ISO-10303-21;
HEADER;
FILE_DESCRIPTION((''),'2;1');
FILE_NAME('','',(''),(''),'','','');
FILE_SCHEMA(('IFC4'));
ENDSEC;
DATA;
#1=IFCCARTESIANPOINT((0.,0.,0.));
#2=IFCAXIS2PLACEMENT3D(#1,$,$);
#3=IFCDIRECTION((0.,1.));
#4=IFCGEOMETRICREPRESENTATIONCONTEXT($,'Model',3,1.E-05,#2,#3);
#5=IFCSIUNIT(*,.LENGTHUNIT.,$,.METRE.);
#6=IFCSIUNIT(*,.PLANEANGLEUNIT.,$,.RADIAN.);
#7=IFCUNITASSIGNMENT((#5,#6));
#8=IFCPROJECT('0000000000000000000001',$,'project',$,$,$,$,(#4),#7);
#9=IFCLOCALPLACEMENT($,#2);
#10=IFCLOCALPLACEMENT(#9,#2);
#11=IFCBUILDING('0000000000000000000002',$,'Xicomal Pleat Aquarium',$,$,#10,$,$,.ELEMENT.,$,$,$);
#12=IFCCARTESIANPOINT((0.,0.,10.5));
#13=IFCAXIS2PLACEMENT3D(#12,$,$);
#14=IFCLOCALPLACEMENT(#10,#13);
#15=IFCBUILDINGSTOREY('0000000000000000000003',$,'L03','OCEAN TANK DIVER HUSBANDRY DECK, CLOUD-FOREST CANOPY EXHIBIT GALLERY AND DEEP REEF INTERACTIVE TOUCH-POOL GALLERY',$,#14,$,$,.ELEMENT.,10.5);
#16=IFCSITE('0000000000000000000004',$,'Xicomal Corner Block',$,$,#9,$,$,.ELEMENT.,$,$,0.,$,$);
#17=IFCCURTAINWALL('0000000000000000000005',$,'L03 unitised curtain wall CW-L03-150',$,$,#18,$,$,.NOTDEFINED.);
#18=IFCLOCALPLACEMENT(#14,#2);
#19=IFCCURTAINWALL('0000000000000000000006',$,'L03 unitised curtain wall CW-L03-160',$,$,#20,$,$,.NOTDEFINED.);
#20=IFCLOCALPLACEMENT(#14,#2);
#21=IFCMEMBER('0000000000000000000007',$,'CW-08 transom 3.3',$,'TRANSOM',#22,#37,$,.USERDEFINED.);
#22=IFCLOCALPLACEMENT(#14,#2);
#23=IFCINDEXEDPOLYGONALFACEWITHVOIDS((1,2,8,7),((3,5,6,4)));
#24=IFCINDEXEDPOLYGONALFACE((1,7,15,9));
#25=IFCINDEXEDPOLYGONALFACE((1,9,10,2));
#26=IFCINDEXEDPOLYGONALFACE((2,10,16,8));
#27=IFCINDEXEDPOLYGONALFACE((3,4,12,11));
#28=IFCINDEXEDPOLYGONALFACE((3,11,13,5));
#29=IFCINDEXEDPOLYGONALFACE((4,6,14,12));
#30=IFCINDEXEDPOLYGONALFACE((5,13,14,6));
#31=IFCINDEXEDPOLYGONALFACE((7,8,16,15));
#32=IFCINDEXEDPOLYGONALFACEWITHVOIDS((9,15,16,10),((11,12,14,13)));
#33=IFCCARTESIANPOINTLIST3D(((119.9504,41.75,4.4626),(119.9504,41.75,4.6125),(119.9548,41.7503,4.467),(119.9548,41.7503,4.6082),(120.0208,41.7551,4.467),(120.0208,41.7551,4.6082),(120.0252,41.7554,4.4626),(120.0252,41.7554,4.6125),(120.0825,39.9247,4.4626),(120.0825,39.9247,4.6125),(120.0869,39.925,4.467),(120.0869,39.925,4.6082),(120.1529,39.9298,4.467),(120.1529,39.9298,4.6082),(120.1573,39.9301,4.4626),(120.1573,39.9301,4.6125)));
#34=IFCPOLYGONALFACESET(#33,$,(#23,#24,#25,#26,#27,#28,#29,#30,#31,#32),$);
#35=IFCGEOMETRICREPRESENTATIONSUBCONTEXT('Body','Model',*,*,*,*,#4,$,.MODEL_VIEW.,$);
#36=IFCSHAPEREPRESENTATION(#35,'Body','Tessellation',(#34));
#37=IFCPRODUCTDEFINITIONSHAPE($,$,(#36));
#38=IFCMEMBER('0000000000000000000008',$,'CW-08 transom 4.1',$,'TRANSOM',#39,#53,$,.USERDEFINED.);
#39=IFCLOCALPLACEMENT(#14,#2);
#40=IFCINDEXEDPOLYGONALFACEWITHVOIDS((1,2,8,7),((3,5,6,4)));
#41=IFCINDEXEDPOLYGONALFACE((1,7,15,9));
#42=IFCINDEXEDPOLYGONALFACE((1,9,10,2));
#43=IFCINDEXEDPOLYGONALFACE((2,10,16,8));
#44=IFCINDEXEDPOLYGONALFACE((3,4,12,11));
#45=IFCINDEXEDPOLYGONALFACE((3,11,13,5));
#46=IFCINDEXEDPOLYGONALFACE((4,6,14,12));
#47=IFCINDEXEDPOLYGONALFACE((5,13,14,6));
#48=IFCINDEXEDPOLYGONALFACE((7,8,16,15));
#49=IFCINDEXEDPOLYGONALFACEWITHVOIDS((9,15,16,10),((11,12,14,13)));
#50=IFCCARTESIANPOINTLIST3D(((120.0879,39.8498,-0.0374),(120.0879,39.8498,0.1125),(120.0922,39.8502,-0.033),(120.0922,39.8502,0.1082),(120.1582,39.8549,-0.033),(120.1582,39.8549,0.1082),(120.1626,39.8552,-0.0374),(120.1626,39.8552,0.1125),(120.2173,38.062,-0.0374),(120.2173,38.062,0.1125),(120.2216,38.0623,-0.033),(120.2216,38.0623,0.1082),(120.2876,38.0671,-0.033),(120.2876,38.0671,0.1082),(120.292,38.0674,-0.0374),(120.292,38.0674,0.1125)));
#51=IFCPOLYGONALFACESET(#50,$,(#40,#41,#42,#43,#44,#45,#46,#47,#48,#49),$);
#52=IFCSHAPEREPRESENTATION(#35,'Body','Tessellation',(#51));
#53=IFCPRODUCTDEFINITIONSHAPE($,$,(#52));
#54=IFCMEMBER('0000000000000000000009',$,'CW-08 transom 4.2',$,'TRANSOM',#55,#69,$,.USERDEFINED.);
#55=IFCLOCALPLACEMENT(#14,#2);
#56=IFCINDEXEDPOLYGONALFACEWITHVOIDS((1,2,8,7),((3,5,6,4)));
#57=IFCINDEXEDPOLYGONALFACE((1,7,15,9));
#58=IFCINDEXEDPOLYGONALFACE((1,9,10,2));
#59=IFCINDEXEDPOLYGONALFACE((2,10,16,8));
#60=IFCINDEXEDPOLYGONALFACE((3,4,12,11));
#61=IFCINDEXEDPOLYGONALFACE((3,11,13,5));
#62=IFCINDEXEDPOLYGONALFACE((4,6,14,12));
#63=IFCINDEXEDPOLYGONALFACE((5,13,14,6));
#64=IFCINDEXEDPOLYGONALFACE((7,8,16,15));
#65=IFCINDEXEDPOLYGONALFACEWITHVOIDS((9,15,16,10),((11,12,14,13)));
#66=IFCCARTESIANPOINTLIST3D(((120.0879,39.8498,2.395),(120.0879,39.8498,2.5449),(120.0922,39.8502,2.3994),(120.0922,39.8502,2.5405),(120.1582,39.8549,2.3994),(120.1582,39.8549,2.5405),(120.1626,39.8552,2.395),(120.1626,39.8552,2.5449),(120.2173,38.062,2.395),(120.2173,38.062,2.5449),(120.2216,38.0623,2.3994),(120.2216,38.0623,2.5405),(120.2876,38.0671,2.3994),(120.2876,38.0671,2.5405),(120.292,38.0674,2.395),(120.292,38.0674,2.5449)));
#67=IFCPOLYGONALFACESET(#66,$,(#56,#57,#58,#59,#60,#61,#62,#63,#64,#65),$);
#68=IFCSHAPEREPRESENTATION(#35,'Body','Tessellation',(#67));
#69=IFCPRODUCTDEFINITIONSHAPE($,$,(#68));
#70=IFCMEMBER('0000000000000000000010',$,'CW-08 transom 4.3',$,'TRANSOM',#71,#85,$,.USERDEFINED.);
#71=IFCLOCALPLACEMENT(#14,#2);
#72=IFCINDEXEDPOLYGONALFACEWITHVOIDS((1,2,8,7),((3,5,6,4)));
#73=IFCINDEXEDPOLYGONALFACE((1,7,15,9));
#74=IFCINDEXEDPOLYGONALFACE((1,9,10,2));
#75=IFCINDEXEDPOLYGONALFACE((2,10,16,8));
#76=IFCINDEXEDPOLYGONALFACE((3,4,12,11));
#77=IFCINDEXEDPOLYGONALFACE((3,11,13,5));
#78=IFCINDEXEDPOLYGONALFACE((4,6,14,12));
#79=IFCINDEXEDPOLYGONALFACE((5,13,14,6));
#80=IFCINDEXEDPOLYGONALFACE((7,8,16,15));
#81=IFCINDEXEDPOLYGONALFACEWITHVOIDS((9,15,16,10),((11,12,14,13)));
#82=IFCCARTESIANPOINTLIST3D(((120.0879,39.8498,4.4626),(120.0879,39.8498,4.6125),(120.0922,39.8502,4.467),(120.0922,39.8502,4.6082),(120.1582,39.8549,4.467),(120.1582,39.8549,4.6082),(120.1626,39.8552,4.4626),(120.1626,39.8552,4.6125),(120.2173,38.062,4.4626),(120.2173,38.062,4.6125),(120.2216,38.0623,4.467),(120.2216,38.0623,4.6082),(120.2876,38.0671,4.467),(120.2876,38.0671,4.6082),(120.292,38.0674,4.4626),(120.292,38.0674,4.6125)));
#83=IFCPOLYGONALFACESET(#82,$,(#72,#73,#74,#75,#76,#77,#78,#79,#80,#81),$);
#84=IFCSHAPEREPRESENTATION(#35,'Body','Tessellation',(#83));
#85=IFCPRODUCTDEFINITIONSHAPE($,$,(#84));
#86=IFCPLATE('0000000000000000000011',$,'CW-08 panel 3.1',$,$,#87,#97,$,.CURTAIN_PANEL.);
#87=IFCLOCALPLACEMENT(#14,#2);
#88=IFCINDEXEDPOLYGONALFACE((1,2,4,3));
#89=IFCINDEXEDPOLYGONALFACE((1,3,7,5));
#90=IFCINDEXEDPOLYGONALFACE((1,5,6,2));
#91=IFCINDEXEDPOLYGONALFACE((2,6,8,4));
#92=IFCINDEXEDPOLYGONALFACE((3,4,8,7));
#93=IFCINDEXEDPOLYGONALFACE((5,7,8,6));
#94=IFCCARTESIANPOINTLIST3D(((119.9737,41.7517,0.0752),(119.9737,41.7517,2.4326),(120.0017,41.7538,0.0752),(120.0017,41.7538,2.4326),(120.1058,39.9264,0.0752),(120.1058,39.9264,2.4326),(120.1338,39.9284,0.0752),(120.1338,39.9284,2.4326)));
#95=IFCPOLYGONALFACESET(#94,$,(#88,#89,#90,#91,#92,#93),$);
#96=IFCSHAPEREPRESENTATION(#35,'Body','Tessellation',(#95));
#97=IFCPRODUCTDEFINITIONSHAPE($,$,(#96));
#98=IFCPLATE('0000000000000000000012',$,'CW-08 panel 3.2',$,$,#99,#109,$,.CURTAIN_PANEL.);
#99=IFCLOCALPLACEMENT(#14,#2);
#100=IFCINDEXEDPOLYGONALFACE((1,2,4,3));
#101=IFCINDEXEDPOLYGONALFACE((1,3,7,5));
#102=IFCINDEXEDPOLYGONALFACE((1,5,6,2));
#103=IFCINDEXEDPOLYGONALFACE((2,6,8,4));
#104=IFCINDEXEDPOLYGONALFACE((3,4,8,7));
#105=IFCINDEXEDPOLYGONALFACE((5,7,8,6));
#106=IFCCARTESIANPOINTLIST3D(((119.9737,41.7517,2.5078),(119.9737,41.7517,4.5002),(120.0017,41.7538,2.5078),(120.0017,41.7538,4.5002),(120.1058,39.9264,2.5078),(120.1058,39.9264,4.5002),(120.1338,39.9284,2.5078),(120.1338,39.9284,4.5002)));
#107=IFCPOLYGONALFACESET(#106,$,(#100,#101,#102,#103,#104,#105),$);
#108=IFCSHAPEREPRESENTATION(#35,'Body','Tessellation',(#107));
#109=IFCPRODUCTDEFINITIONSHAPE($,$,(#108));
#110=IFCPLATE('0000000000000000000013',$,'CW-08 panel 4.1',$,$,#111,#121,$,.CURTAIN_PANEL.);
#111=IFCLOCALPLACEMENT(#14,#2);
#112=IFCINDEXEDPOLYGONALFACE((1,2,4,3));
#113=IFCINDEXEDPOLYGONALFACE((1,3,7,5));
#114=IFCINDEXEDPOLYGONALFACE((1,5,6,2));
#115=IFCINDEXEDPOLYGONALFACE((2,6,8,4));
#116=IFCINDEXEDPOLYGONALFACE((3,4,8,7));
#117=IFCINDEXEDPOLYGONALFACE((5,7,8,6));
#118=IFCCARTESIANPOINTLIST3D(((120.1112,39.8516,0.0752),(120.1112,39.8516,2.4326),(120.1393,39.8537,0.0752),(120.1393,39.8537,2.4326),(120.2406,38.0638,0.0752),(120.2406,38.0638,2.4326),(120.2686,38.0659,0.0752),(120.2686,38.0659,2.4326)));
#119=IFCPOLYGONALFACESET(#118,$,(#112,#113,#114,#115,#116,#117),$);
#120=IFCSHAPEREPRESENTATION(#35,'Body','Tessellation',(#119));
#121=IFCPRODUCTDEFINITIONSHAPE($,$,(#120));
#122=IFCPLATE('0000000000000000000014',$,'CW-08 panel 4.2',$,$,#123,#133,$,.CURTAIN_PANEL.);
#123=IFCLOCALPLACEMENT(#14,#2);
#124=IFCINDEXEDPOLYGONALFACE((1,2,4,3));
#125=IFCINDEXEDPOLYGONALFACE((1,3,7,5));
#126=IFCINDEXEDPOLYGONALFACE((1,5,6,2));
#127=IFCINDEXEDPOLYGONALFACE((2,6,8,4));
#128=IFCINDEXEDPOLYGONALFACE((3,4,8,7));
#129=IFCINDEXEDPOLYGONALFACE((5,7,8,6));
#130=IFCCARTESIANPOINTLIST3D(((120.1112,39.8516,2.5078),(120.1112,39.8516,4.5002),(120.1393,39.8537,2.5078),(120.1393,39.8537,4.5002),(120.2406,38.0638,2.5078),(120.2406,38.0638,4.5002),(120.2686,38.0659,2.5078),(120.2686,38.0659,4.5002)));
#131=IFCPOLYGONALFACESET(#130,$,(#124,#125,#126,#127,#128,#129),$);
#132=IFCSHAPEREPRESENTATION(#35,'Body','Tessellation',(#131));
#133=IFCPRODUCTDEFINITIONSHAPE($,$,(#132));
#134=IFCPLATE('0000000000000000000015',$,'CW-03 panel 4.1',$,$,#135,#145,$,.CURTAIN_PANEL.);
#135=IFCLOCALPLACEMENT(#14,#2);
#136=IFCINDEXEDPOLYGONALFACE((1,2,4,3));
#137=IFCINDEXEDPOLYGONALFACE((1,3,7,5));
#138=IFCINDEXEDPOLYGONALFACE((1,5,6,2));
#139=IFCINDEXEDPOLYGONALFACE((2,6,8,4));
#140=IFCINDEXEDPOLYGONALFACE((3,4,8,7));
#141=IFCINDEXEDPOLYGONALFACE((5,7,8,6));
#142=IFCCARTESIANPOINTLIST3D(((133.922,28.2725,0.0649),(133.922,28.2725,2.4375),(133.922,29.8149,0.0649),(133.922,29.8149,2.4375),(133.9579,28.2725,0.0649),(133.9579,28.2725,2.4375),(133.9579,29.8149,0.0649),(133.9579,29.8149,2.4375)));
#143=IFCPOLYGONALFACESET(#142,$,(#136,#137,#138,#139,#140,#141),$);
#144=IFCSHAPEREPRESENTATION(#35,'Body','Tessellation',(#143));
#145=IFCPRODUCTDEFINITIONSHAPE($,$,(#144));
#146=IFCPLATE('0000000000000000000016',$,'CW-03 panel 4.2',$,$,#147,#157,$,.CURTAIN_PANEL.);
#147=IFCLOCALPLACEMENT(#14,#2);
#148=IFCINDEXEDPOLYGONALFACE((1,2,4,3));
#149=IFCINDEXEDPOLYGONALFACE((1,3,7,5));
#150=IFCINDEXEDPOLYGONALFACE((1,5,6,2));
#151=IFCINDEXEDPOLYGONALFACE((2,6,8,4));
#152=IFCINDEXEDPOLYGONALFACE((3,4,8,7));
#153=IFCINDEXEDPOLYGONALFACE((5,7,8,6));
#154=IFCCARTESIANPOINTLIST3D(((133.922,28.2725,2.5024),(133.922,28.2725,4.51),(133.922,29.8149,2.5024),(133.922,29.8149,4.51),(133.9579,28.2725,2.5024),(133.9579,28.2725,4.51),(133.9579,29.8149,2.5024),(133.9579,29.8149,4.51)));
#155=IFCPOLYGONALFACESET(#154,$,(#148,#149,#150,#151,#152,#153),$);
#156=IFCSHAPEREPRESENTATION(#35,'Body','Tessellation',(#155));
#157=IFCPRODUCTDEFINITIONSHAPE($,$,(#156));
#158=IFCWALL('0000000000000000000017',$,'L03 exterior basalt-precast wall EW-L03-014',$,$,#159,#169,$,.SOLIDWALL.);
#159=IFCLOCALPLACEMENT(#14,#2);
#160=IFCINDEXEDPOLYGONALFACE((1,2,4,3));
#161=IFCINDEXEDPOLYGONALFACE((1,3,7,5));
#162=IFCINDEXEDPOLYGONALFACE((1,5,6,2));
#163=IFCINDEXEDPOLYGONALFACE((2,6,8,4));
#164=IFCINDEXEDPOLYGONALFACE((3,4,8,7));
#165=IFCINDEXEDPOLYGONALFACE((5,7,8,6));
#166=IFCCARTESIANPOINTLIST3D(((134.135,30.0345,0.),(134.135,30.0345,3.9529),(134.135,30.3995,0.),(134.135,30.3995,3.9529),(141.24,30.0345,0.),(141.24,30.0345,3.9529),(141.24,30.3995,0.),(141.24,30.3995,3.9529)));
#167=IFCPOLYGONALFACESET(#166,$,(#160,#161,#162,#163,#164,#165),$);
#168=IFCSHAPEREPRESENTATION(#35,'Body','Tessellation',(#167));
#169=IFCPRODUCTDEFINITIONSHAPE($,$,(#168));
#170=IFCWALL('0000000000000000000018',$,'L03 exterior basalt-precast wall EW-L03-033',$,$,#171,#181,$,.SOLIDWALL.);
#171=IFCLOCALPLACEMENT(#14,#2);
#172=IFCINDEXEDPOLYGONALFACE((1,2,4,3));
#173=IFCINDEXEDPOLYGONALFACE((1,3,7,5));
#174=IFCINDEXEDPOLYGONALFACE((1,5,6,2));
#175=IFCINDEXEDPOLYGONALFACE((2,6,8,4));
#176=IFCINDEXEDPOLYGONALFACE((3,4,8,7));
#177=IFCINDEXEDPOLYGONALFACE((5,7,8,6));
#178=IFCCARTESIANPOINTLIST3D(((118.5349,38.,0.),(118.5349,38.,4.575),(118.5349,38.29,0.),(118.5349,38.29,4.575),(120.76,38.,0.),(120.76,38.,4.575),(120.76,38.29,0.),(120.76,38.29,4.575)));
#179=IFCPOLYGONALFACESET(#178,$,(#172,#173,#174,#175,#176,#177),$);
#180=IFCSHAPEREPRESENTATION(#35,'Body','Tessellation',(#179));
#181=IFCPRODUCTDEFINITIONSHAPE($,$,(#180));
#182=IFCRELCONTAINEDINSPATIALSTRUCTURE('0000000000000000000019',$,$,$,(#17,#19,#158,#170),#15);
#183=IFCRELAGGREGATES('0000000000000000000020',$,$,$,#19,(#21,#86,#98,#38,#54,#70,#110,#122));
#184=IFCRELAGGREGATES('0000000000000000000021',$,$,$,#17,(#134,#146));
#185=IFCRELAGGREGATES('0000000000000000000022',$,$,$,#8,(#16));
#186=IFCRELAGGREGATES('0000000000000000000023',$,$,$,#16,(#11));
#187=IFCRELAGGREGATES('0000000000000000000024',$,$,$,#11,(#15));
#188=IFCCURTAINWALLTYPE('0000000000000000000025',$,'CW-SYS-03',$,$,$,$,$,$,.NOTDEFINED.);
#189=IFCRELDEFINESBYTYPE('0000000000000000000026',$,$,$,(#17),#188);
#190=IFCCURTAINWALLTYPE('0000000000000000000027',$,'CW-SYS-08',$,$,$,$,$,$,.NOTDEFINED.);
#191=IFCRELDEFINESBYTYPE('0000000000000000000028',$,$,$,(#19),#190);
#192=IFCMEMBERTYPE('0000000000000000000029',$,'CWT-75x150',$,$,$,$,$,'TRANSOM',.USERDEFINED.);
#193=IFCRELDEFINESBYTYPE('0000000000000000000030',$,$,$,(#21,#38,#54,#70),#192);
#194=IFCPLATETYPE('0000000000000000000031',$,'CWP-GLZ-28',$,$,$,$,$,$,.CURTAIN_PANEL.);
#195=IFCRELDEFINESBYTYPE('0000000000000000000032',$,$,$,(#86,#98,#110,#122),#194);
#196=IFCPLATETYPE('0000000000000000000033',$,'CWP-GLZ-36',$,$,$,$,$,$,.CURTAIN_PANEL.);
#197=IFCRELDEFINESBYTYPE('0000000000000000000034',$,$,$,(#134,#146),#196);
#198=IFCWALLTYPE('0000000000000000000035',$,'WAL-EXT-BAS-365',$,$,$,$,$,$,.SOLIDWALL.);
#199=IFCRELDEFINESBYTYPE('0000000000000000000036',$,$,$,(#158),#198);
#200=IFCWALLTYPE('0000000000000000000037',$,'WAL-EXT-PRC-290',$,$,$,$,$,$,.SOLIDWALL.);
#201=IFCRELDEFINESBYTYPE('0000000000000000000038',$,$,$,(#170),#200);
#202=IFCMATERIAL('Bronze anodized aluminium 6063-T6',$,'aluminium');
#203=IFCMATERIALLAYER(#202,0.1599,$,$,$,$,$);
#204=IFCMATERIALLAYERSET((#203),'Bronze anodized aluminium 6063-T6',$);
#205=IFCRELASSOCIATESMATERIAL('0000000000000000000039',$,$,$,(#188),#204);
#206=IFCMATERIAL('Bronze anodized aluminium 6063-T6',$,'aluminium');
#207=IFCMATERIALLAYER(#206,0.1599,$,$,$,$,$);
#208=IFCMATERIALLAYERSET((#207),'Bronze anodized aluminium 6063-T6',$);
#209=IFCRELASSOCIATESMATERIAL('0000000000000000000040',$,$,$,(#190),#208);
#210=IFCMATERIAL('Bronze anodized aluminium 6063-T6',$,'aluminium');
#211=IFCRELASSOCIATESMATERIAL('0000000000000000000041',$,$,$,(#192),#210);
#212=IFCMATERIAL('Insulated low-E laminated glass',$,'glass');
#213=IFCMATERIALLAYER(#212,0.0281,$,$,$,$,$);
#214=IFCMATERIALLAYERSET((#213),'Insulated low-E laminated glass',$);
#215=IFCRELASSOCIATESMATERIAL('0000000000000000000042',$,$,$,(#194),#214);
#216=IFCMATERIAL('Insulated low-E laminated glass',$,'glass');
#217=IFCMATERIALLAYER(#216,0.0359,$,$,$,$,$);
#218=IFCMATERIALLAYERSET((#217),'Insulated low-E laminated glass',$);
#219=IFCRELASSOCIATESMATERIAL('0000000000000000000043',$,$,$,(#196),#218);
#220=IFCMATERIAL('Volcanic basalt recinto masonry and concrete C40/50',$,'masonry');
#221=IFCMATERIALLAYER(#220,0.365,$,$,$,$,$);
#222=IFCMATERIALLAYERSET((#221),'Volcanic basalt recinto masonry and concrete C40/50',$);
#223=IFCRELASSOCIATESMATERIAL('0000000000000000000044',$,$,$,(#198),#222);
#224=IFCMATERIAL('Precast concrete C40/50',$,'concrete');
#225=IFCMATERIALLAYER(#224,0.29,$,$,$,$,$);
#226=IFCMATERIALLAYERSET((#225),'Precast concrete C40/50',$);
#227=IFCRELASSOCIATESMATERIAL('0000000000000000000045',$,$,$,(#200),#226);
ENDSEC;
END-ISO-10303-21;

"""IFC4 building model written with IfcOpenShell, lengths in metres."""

from ifc_helpers import new_model, si_unit, direction, frame, frame_2d, origin, origin_2d, place, context, subcontext, project, spatial, rectangle, hollow_rectangle, extrude, material, layer, layer_set, material_profile, profile_set, type_object, element, aggregate, save


model = new_model("IFC4")

# Units and contexts
model_context = context("Model", 3, precision=1e-05, world=origin(), true_north=direction((0.0, 1.0)))
body_context = subcontext(model_context, "Body", "Model", "MODEL_VIEW")
ifc_project = project(units=[si_unit("LENGTHUNIT", "METRE"), si_unit("PLANEANGLEUNIT", "RADIAN")], contexts=[model_context])

# Site, building, storey
site_placement = place(None, origin())
site = spatial("IfcSite", under=ifc_project, at=site_placement, Name="Xicomal Corner Block", CompositionType="ELEMENT", RefElevation=0.0)
building_placement = place(site_placement, origin())
building = spatial("IfcBuilding", under=site, at=building_placement, Name="Xicomal Pleat Aquarium", CompositionType="ELEMENT")
storey_placement = place(building_placement, frame((0.0, 0.0, 10.5)))
storey = spatial("IfcBuildingStorey", under=building, at=storey_placement, Name="L03", Description="OCEAN TANK DIVER HUSBANDRY DECK, CLOUD-FOREST CANOPY EXHIBIT GALLERY AND DEEP REEF INTERACTIVE TOUCH-POOL GALLERY", CompositionType="ELEMENT", Elevation=10.5)

# Curtain walls
ifc_material_1 = material(Name="Bronze anodized aluminium 6063-T6", Category="aluminium")
ifc_layer_1 = layer(ifc_material_1, 0.1599)
ifc_layer_set_1 = layer_set([ifc_layer_1], Name="Bronze anodized aluminium 6063-T6")
curtain_wall_type_1 = type_object("IfcCurtainWallType", Name="CW-SYS-03", PredefinedType="NOTDEFINED", material=ifc_layer_set_1)
curtain_wall_1_placement = place(storey_placement, origin())
curtain_wall_1 = element("IfcCurtainWall", 1, at=curtain_wall_1_placement, inside=storey, type_object=curtain_wall_type_1, Name="L03 unitised curtain wall CW-L03-150", PredefinedType="NOTDEFINED")
ifc_material_2 = material(Name="Bronze anodized aluminium 6063-T6", Category="aluminium")
ifc_layer_2 = layer(ifc_material_2, 0.1599)
ifc_layer_set_2 = layer_set([ifc_layer_2], Name="Bronze anodized aluminium 6063-T6")
curtain_wall_type_2 = type_object("IfcCurtainWallType", Name="CW-SYS-08", PredefinedType="NOTDEFINED", material=ifc_layer_set_2)
curtain_wall_2_placement = place(storey_placement, origin())
curtain_wall_2 = element("IfcCurtainWall", 2, at=curtain_wall_2_placement, inside=storey, type_object=curtain_wall_type_2, Name="L03 unitised curtain wall CW-L03-160", PredefinedType="NOTDEFINED")

# Members
ifc_material_3 = material(Name="Bronze anodized aluminium 6063-T6", Category="aluminium")
ifc_material_profile_1 = material_profile(ifc_material_3, hollow_rectangle(XDim=0.075, YDim=0.1499, WallThickness=0.0044, at=origin_2d()), Name="ALU TRAN 75x150")
ifc_profile_set_1 = profile_set([ifc_material_profile_1], Name="Bronze anodized aluminium 6063-T6")
member_type_1 = type_object("IfcMemberType", Name="CWT-75x150", ElementType="TRANSOM", PredefinedType="USERDEFINED", material=ifc_profile_set_1)
member_1_placement = place(storey_placement, frame((119.9878, 41.7527, 4.5376), z_axis=(0.072176, -0.997392, 0.0), x_axis=(0.997392, 0.072176, 0.0)))
member_1 = element("IfcMember", 3, at=member_1_placement, type_object=member_type_1, Name="CW-08 transom 3.3", ObjectType="TRANSOM", PredefinedType="USERDEFINED", context=body_context, shape_type="SweptSolid", body=[
    extrude(hollow_rectangle(XDim=0.075, YDim=0.1499, WallThickness=0.0044, at=origin_2d()), origin(), (0.0, 0.0, 1.0), 1.8301),
])
member_2_placement = place(storey_placement, frame((120.1252, 39.8525, 0.0376), z_axis=(0.072186, -0.997391, 0.0), x_axis=(0.997391, 0.072186, 0.0)))
member_2 = element("IfcMember", 4, at=member_2_placement, type_object=member_type_1, Name="CW-08 transom 4.1", ObjectType="TRANSOM", PredefinedType="USERDEFINED", context=body_context, shape_type="SweptSolid", body=[
    extrude(hollow_rectangle(XDim=0.075, YDim=0.1499, WallThickness=0.0044, at=origin_2d()), origin(), (0.0, 0.0, 1.0), 1.7925),
])
member_3_placement = place(storey_placement, frame((120.1252, 39.8525, 2.47), z_axis=(0.072186, -0.997391, 0.0), x_axis=(0.997391, 0.072186, 0.0)))
member_3 = element("IfcMember", 5, at=member_3_placement, type_object=member_type_1, Name="CW-08 transom 4.2", ObjectType="TRANSOM", PredefinedType="USERDEFINED", context=body_context, shape_type="SweptSolid", body=[
    extrude(hollow_rectangle(XDim=0.075, YDim=0.1499, WallThickness=0.0044, at=origin_2d()), origin(), (0.0, 0.0, 1.0), 1.7925),
])
member_4_placement = place(storey_placement, frame((120.1252, 39.8525, 4.5376), z_axis=(0.072186, -0.997391, 0.0), x_axis=(0.997391, 0.072186, 0.0)))
member_4 = element("IfcMember", 6, at=member_4_placement, type_object=member_type_1, Name="CW-08 transom 4.3", ObjectType="TRANSOM", PredefinedType="USERDEFINED", context=body_context, shape_type="SweptSolid", body=[
    extrude(hollow_rectangle(XDim=0.075, YDim=0.1499, WallThickness=0.0044, at=origin_2d()), origin(), (0.0, 0.0, 1.0), 1.7925),
])

# Plates
ifc_material_4 = material(Name="Insulated low-E laminated glass", Category="glass")
ifc_layer_3 = layer(ifc_material_4, 0.0281)
ifc_layer_set_3 = layer_set([ifc_layer_3], Name="Insulated low-E laminated glass")
plate_type_1 = type_object("IfcPlateType", Name="CWP-GLZ-28", PredefinedType="CURTAIN_PANEL", material=ifc_layer_set_3)
plate_1_placement = place(storey_placement, frame((120.0537, 40.8401, 0.0752), z_axis=(0.0, 0.0, 1.0), x_axis=(0.07218, -0.997392, 0.0)))
plate_1 = element("IfcPlate", 7, at=plate_1_placement, type_object=plate_type_1, Name="CW-08 panel 3.1", PredefinedType="CURTAIN_PANEL", context=body_context, shape_type="SweptSolid", body=[
    extrude(rectangle(XDim=1.8301, YDim=0.0281, at=origin_2d()), origin(), (0.0, 0.0, 1.0), 2.3574),
])
plate_2_placement = place(storey_placement, frame((120.0537, 40.8401, 2.5078), z_axis=(0.0, 0.0, 1.0), x_axis=(0.07218, -0.997392, 0.0)))
plate_2 = element("IfcPlate", 8, at=plate_2_placement, type_object=plate_type_1, Name="CW-08 panel 3.2", PredefinedType="CURTAIN_PANEL", context=body_context, shape_type="SweptSolid", body=[
    extrude(rectangle(XDim=1.8301, YDim=0.0281, at=origin_2d()), origin(), (0.0, 0.0, 1.0), 1.9924),
])
plate_3_placement = place(storey_placement, frame((120.1899, 38.9587, 0.0752), z_axis=(0.0, 0.0, 1.0), x_axis=(0.07218, -0.997392, 0.0)))
plate_3 = element("IfcPlate", 9, at=plate_3_placement, type_object=plate_type_1, Name="CW-08 panel 4.1", PredefinedType="CURTAIN_PANEL", context=body_context, shape_type="SweptSolid", body=[
    extrude(rectangle(XDim=1.7925, YDim=0.0281, at=origin_2d()), origin(), (0.0, 0.0, 1.0), 2.3574),
])
plate_4_placement = place(storey_placement, frame((120.1899, 38.9587, 2.5078), z_axis=(0.0, 0.0, 1.0), x_axis=(0.07218, -0.997392, 0.0)))
plate_4 = element("IfcPlate", 10, at=plate_4_placement, type_object=plate_type_1, Name="CW-08 panel 4.2", PredefinedType="CURTAIN_PANEL", context=body_context, shape_type="SweptSolid", body=[
    extrude(rectangle(XDim=1.7925, YDim=0.0281, at=origin_2d()), origin(), (0.0, 0.0, 1.0), 1.9924),
])
aggregate(curtain_wall_2, [member_1, plate_1, plate_2, member_2, member_3, member_4, plate_3, plate_4])
ifc_material_5 = material(Name="Insulated low-E laminated glass", Category="glass")
ifc_layer_4 = layer(ifc_material_5, 0.0359)
ifc_layer_set_4 = layer_set([ifc_layer_4], Name="Insulated low-E laminated glass")
plate_type_2 = type_object("IfcPlateType", Name="CWP-GLZ-36", PredefinedType="CURTAIN_PANEL", material=ifc_layer_set_4)
plate_5_placement = place(storey_placement, frame((133.9399, 29.0437, 0.0649), z_axis=(0.0, 0.0, 1.0), x_axis=(0.0, 1.0, 0.0)))
plate_5 = element("IfcPlate", 11, at=plate_5_placement, type_object=plate_type_2, Name="CW-03 panel 4.1", PredefinedType="CURTAIN_PANEL", context=body_context, shape_type="SweptSolid", body=[
    extrude(rectangle(XDim=1.5425, YDim=0.0359, at=origin_2d()), origin(), (0.0, 0.0, 1.0), 2.3726),
])
plate_6_placement = place(storey_placement, frame((133.9399, 29.0437, 2.5024), z_axis=(0.0, 0.0, 1.0), x_axis=(0.0, 1.0, 0.0)))
plate_6 = element("IfcPlate", 12, at=plate_6_placement, type_object=plate_type_2, Name="CW-03 panel 4.2", PredefinedType="CURTAIN_PANEL", context=body_context, shape_type="SweptSolid", body=[
    extrude(rectangle(XDim=1.5425, YDim=0.0359, at=origin_2d()), origin(), (0.0, 0.0, 1.0), 2.0076),
])
aggregate(curtain_wall_1, [plate_5, plate_6])

# Walls
ifc_material_6 = material(Name="Volcanic basalt recinto masonry and concrete C40/50", Category="masonry")
ifc_layer_5 = layer(ifc_material_6, 0.365)
ifc_layer_set_5 = layer_set([ifc_layer_5], Name="Volcanic basalt recinto masonry and concrete C40/50")
wall_type_1 = type_object("IfcWallType", Name="WAL-EXT-BAS-365", PredefinedType="SOLIDWALL", material=ifc_layer_set_5)
wall_1_placement = place(storey_placement, frame((134.135, 30.217, 0.0), z_axis=(0.0, 0.0, 1.0), x_axis=(1.0, 0.0, 0.0)))
element("IfcWall", 13, at=wall_1_placement, inside=storey, type_object=wall_type_1, Name="L03 exterior basalt-precast wall EW-L03-014", PredefinedType="SOLIDWALL", context=body_context, shape_type="SweptSolid", body=[
    extrude(rectangle(XDim=7.105, YDim=0.365, at=frame_2d((3.5525, 0.0))), origin(), (0.0, 0.0, 1.0), 3.9529),
])
ifc_material_7 = material(Name="Precast concrete C40/50", Category="concrete")
ifc_layer_6 = layer(ifc_material_7, 0.29)
ifc_layer_set_6 = layer_set([ifc_layer_6], Name="Precast concrete C40/50")
wall_type_2 = type_object("IfcWallType", Name="WAL-EXT-PRC-290", PredefinedType="SOLIDWALL", material=ifc_layer_set_6)
wall_2_placement = place(storey_placement, frame((120.76, 38.145, 0.0), z_axis=(0.0, 0.0, 1.0), x_axis=(-1.0, 0.0, 0.0)))
element("IfcWall", 14, at=wall_2_placement, inside=storey, type_object=wall_type_2, Name="L03 exterior basalt-precast wall EW-L03-033", PredefinedType="SOLIDWALL", context=body_context, shape_type="SweptSolid", body=[
    extrude(rectangle(XDim=2.2251, YDim=0.29, at=frame_2d((1.1125, 0.0))), origin(), (0.0, 0.0, 1.0), 4.575),
])

save(model, "model.ifc")
